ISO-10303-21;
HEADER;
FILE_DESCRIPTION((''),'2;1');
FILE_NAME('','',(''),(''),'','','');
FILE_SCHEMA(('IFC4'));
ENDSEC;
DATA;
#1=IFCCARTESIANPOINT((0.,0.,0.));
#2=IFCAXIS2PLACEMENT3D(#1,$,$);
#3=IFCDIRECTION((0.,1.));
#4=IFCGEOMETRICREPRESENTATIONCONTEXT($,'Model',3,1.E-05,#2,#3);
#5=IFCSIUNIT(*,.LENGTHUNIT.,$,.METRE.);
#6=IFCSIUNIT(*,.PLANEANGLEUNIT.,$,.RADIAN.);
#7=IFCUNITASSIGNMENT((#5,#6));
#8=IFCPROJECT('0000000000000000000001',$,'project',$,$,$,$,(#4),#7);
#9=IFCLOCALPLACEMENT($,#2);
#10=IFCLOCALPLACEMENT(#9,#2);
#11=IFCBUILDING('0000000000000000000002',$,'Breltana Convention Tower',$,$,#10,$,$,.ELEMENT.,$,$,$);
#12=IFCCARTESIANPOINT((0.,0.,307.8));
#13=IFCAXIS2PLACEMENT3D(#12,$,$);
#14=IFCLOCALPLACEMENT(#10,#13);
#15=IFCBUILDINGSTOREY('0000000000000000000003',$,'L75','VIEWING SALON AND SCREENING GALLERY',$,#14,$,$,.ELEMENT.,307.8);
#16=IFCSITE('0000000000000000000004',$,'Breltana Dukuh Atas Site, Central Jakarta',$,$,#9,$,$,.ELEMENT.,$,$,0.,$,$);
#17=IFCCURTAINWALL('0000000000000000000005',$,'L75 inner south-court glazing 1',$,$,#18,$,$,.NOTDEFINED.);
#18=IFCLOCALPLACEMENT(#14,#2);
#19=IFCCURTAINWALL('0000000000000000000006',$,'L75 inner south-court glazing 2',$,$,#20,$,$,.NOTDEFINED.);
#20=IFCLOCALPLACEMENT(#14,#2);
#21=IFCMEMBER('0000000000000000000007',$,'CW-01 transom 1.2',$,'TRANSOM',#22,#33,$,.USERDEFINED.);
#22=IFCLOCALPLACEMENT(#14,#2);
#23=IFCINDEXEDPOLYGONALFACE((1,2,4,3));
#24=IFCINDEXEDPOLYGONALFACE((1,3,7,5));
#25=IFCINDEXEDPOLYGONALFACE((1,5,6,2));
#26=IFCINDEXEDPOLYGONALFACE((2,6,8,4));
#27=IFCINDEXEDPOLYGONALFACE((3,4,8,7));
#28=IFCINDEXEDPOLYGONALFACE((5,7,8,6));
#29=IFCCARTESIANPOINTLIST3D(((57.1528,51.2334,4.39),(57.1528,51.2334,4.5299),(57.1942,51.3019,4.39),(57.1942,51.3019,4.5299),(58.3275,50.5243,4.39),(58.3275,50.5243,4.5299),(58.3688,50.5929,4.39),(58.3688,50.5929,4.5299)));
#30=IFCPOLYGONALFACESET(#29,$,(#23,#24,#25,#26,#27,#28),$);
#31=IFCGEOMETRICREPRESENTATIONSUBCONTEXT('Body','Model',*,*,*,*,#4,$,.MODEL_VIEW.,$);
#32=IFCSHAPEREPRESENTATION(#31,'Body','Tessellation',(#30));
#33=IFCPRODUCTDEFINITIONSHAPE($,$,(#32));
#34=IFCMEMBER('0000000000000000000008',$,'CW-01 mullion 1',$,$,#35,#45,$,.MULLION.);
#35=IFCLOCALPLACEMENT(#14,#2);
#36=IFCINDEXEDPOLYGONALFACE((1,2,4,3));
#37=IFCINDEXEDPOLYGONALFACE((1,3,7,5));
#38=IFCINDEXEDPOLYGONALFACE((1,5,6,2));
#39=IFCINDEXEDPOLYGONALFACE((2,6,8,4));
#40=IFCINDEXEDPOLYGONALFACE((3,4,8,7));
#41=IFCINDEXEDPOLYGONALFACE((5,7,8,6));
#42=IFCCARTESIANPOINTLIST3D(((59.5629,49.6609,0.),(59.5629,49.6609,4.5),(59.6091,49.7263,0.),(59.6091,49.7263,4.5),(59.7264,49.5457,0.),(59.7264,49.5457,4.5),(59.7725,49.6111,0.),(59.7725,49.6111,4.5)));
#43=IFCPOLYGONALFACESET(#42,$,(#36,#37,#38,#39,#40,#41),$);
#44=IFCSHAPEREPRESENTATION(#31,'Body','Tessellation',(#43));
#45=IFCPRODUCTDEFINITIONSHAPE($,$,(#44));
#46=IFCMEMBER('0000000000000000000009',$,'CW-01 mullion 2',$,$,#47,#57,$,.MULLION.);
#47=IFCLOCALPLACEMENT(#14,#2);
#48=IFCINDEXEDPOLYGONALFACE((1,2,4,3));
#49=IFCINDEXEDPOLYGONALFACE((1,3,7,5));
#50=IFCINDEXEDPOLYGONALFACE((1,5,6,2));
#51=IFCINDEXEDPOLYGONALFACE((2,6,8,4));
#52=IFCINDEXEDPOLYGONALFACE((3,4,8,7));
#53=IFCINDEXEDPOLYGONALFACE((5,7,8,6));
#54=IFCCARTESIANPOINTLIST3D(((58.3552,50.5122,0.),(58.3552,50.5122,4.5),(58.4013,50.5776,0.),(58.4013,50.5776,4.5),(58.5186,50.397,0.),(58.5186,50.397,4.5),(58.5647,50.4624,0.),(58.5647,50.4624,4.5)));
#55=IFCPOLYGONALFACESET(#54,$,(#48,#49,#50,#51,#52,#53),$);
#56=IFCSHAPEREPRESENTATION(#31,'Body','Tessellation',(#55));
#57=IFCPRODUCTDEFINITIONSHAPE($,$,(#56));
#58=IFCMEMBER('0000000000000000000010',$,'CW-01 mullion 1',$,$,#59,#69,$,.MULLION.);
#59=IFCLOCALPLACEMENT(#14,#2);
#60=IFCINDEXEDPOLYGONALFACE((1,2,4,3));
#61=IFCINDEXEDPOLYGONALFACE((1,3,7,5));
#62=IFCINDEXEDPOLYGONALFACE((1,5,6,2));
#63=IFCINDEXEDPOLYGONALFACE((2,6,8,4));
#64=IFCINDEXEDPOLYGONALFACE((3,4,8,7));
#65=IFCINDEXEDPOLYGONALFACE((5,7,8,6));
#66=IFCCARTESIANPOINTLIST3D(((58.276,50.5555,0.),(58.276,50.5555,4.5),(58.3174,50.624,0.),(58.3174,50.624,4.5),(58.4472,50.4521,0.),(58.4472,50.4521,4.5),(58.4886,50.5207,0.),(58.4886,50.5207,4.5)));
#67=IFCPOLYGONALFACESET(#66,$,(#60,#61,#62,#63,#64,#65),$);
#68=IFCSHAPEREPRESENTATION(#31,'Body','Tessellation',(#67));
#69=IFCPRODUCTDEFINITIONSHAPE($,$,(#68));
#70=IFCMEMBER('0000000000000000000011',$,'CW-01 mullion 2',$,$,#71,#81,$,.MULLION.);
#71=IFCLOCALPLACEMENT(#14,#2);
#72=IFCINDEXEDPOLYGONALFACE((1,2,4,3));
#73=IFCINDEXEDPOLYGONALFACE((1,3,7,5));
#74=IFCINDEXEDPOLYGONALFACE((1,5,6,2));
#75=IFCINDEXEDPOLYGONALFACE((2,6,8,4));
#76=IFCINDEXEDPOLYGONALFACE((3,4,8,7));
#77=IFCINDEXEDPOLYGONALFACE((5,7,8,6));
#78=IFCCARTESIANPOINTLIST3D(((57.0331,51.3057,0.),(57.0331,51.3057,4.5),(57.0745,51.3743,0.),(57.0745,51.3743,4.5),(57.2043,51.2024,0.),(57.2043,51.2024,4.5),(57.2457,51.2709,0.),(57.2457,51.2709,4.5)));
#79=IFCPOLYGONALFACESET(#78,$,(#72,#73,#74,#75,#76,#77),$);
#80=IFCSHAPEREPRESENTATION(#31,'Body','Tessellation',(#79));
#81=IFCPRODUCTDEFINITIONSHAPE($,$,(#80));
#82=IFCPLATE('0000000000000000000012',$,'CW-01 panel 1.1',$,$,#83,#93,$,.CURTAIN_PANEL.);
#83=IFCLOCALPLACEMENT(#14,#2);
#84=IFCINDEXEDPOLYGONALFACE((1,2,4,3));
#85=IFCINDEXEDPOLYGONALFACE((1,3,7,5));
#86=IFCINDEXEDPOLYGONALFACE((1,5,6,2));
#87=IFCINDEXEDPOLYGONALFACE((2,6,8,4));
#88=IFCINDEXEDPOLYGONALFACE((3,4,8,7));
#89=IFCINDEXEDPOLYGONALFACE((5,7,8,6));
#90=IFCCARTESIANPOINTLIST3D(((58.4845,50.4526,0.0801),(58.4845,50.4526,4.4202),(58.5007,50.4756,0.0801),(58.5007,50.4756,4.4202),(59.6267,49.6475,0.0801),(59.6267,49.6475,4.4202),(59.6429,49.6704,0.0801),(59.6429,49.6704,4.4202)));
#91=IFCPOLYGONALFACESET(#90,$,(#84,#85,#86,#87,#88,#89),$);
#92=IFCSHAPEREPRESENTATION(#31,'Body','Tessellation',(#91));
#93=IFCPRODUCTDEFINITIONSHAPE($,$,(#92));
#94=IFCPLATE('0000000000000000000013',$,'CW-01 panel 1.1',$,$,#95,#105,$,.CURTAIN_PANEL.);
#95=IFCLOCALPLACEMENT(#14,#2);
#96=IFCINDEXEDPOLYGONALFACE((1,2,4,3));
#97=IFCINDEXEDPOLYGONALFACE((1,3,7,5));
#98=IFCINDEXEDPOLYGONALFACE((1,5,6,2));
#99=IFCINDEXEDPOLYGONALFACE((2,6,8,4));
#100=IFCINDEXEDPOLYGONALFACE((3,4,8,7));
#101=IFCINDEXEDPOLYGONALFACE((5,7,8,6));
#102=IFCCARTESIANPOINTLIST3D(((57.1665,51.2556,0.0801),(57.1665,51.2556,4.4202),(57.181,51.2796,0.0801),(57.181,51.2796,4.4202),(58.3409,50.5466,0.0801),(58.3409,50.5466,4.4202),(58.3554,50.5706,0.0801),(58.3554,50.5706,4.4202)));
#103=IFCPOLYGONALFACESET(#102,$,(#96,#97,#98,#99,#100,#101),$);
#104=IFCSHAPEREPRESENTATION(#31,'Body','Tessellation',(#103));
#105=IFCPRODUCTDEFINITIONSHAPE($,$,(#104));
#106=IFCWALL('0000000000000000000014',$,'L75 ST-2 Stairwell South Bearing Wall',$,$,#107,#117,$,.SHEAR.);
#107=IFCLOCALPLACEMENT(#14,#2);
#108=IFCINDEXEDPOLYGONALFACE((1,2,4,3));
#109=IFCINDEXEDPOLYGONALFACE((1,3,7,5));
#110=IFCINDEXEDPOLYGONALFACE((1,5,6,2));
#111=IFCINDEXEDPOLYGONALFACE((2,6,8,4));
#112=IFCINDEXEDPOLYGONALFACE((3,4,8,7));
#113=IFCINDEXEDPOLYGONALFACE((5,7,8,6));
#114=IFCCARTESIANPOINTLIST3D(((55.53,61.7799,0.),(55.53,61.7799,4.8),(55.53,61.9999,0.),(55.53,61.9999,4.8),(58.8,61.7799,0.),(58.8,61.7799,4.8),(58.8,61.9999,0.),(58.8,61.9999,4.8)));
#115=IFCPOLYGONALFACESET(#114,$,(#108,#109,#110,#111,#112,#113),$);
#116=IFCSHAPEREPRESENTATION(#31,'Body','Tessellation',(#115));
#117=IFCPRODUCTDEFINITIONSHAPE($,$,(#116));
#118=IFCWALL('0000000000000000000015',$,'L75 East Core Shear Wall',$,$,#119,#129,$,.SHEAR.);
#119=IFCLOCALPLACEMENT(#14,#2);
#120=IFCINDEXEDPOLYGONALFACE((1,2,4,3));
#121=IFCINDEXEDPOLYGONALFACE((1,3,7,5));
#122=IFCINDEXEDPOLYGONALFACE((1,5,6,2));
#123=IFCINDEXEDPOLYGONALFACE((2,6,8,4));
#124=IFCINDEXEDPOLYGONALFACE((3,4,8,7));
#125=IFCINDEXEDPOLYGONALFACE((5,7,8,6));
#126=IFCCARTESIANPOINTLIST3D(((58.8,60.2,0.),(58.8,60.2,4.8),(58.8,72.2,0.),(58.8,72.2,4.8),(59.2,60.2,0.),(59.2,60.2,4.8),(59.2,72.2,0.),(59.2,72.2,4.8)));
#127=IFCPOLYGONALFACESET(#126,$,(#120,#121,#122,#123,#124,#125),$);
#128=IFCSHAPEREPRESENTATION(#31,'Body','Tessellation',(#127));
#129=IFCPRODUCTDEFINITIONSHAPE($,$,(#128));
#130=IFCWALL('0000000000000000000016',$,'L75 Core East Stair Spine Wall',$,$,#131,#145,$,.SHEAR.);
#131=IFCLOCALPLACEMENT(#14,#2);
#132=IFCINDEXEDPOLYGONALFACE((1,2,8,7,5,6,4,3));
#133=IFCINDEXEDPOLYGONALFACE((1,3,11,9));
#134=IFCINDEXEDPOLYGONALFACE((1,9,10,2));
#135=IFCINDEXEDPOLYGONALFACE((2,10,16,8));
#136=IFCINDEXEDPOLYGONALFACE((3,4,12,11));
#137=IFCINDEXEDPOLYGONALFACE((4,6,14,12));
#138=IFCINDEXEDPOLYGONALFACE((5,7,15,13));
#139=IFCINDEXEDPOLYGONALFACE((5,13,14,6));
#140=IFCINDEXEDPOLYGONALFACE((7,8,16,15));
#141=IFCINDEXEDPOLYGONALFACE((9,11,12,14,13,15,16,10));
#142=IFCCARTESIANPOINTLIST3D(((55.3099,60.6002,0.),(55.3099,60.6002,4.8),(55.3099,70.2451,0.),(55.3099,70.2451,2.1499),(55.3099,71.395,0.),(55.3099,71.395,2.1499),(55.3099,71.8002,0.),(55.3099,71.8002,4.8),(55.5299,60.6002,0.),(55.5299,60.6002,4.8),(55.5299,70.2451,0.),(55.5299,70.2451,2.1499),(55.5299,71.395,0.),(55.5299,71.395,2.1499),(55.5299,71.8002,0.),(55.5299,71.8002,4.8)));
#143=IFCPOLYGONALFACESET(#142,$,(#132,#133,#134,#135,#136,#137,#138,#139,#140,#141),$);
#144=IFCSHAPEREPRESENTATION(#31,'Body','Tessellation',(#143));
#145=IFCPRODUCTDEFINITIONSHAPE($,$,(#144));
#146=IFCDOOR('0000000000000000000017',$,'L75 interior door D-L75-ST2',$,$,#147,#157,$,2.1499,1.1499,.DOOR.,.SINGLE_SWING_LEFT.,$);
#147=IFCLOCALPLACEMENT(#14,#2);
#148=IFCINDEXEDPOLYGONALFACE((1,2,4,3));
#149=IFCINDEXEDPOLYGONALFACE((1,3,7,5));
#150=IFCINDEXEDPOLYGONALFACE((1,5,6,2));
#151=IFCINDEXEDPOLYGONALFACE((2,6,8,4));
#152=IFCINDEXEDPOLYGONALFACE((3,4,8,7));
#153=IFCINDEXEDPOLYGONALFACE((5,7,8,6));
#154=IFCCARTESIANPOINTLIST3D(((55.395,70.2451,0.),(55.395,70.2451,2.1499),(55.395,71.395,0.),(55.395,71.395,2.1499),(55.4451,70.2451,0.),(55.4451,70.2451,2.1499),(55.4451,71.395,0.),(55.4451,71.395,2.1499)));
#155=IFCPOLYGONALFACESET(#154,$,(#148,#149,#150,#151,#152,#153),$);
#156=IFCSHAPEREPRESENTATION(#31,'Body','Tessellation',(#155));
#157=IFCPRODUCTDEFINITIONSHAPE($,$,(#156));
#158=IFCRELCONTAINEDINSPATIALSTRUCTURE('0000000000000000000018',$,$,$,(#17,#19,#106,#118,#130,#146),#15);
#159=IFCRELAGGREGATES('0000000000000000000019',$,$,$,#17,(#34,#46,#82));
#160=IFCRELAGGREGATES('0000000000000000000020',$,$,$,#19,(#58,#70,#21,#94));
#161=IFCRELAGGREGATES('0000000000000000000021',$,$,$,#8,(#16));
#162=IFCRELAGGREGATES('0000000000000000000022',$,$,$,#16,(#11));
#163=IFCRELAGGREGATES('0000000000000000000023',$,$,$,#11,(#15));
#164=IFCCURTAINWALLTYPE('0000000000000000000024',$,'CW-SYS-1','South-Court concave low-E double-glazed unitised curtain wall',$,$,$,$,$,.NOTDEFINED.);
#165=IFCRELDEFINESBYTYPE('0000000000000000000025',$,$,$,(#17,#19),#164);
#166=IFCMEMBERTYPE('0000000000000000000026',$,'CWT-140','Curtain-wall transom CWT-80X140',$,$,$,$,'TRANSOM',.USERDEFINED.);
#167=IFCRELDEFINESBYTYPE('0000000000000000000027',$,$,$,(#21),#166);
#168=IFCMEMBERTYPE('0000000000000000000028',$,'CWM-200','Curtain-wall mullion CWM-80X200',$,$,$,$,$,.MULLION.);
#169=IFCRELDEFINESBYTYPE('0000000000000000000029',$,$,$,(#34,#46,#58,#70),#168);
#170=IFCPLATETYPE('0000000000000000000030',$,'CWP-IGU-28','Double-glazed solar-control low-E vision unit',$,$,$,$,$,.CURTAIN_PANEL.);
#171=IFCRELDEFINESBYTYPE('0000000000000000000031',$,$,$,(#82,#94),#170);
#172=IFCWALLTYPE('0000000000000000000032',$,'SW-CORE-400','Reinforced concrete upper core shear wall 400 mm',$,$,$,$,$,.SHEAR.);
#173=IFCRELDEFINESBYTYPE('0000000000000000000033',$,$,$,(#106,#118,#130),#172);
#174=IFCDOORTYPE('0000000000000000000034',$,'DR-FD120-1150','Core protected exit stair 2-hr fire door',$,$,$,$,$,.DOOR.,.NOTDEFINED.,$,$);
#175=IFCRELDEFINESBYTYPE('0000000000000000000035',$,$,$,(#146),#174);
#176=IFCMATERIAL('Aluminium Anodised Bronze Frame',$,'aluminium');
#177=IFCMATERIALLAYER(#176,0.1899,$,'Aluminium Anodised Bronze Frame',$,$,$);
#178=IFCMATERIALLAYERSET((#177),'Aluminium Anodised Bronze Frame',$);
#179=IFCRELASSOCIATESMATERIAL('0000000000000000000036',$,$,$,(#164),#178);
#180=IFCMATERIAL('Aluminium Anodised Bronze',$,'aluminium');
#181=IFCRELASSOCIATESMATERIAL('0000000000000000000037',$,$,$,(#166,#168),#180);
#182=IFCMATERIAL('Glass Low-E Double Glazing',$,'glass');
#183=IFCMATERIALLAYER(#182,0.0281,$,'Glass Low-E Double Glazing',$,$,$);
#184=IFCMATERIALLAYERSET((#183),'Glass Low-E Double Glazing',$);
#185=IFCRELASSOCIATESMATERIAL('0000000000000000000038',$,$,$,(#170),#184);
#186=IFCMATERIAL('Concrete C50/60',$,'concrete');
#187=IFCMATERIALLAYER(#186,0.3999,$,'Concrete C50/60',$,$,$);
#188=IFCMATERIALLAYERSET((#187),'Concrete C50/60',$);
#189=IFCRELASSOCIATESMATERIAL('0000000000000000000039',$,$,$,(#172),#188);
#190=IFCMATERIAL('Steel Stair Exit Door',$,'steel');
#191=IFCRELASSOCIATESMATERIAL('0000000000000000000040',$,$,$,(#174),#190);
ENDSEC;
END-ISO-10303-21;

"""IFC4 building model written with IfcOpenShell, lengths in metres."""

from ifc_helpers import new_model, si_unit, direction, frame, frame_2d, origin, origin_2d, place, context, subcontext, project, spatial, rectangle, extrude, source, transform, mapped, material, layer, layer_set, material_profile, profile_set, type_object, type_shapes, element, fill, aggregate, save


model = new_model("IFC4")

# Units and contexts
model_context = context("Model", 3, precision=1e-05, world=origin(), true_north=direction((0.0, 1.0)))
body_context = subcontext(model_context, "Body", "Model", "MODEL_VIEW")
ifc_project = project(units=[si_unit("LENGTHUNIT", "METRE"), si_unit("PLANEANGLEUNIT", "RADIAN")], contexts=[model_context])

# Site, building, storey
site_placement = place(None, origin())
site = spatial("IfcSite", under=ifc_project, at=site_placement, Name="Breltana Dukuh Atas Site, Central Jakarta", CompositionType="ELEMENT", RefElevation=0.0)
building_placement = place(site_placement, origin())
building = spatial("IfcBuilding", under=site, at=building_placement, Name="Breltana Convention Tower", CompositionType="ELEMENT")
storey_placement = place(building_placement, frame((0.0, 0.0, 307.8)))
storey = spatial("IfcBuildingStorey", under=building, at=storey_placement, Name="L75", Description="VIEWING SALON AND SCREENING GALLERY", CompositionType="ELEMENT", Elevation=307.8)

# Curtain walls, member
ifc_material_1 = material(Name="Aluminium Anodised Bronze Frame", Category="aluminium")
ifc_layer_1 = layer(ifc_material_1, 0.1899, Name="Aluminium Anodised Bronze Frame")
ifc_layer_set_1 = layer_set([ifc_layer_1], Name="Aluminium Anodised Bronze Frame")
curtain_wall_type = type_object("IfcCurtainWallType", Name="CW-SYS-1", Description="South-Court concave low-E double-glazed unitised curtain wall", PredefinedType="NOTDEFINED", material=ifc_layer_set_1)
curtain_wall_1_placement = place(storey_placement, origin())
curtain_wall_1 = element("IfcCurtainWall", 1, at=curtain_wall_1_placement, inside=storey, type_object=curtain_wall_type, Name="L75 inner south-court glazing 1", PredefinedType="NOTDEFINED")
ifc_material_2 = material(Name="Aluminium Anodised Bronze", Category="aluminium")
ifc_material_profile_1 = material_profile(ifc_material_2, rectangle(XDim=0.0801, YDim=0.1399, at=origin_2d()), Name="CWT-80X140")
ifc_profile_set_1 = profile_set([ifc_material_profile_1], Name="Aluminium Anodised Bronze")
member_type_1 = type_object("IfcMemberType", Name="CWT-140", Description="Curtain-wall transom CWT-80X140", ElementType="TRANSOM", PredefinedType="USERDEFINED", material=ifc_profile_set_1)
curtain_wall_2_placement = place(storey_placement, origin())
curtain_wall_2 = element("IfcCurtainWall", 2, at=curtain_wall_2_placement, inside=storey, type_object=curtain_wall_type, Name="L75 inner south-court glazing 2", PredefinedType="NOTDEFINED")
shared_shape_1 = source(origin(), body_context, "Body", "SweptSolid", [
    extrude(rectangle(XDim=0.0801, YDim=0.1399, at=origin_2d()), origin(), (0.0, 0.0, 1.0), 1.3721),
])
member_1_placement = place(storey_placement, frame((58.3481, 50.5586, 4.46), z_axis=(-0.856124, 0.516771, 0.0), x_axis=(-0.516771, -0.856124, 0.0)))
member_1 = element("IfcMember", 3, at=member_1_placement, type_object=member_type_1, Name="CW-01 transom 1.2", ObjectType="TRANSOM", PredefinedType="USERDEFINED", context=body_context, shape_type="MappedRepresentation", body=[
    mapped(shared_shape_1, transform((0.0, 0.0, 0.0), scale=1.0)),
])

# Members
ifc_material_profile_2 = material_profile(ifc_material_2, rectangle(XDim=0.0801, YDim=0.2, at=origin_2d()), Name="CWM-80X200")
ifc_profile_set_2 = profile_set([ifc_material_profile_2], Name="Aluminium Anodised Bronze")
member_type_2 = type_object("IfcMemberType", Name="CWM-200", Description="Curtain-wall mullion CWM-80X200", PredefinedType="MULLION", material=ifc_profile_set_2)
shared_shape_2 = source(origin(), body_context, "Body", "SweptSolid", [
    extrude(rectangle(XDim=0.0801, YDim=0.2, at=origin_2d()), origin(), (0.0, 0.0, 1.0), 4.5),
])
member_2_placement = place(storey_placement, frame((59.6677, 49.636, 0.0), z_axis=(0.0, 0.0, 1.0), x_axis=(-0.576174, -0.817327, 0.0)))
member_2 = element("IfcMember", 4, at=member_2_placement, type_object=member_type_2, Name="CW-01 mullion 1", PredefinedType="MULLION", context=body_context, shape_type="MappedRepresentation", body=[
    mapped(shared_shape_2, transform((0.0, 0.0, 0.0), scale=1.0)),
])
member_3_placement = place(storey_placement, frame((58.46, 50.4873, 0.0), z_axis=(0.0, 0.0, 1.0), x_axis=(-0.576174, -0.817327, 0.0)))
member_3 = element("IfcMember", 5, at=member_3_placement, type_object=member_type_2, Name="CW-01 mullion 2", PredefinedType="MULLION", context=body_context, shape_type="MappedRepresentation", body=[
    mapped(shared_shape_2, transform((0.0, 0.0, 0.0), scale=1.0)),
])
member_4_placement = place(storey_placement, frame((58.3823, 50.5381, 0.0), z_axis=(0.0, 0.0, 1.0), x_axis=(-0.516827, -0.85609, 0.0)))
member_4 = element("IfcMember", 6, at=member_4_placement, type_object=member_type_2, Name="CW-01 mullion 1", PredefinedType="MULLION", context=body_context, shape_type="MappedRepresentation", body=[
    mapped(shared_shape_2, transform((0.0, 0.0, 0.0), scale=1.0)),
])
member_5_placement = place(storey_placement, frame((57.1394, 51.2883, 0.0), z_axis=(0.0, 0.0, 1.0), x_axis=(-0.516827, -0.85609, 0.0)))
member_5 = element("IfcMember", 7, at=member_5_placement, type_object=member_type_2, Name="CW-01 mullion 2", PredefinedType="MULLION", context=body_context, shape_type="MappedRepresentation", body=[
    mapped(shared_shape_2, transform((0.0, 0.0, 0.0), scale=1.0)),
])

# Plates
ifc_material_3 = material(Name="Glass Low-E Double Glazing", Category="glass")
ifc_layer_2 = layer(ifc_material_3, 0.0281, Name="Glass Low-E Double Glazing")
ifc_layer_set_2 = layer_set([ifc_layer_2], Name="Glass Low-E Double Glazing")
plate_type = type_object("IfcPlateType", Name="CWP-IGU-28", Description="Double-glazed solar-control low-E vision unit", PredefinedType="CURTAIN_PANEL", material=ifc_layer_set_2)
shared_shape_3 = source(origin(), body_context, "Body", "SweptSolid", [
    extrude(rectangle(XDim=1.3975, YDim=0.0281, at=origin_2d()), origin(), (0.0, 0.0, 1.0), 4.3401),
])
plate_1_placement = place(storey_placement, frame((59.0637, 50.0615, 0.0801), z_axis=(0.0, 0.0, 1.0), x_axis=(-0.817327, 0.576174, 0.0)))
plate_1 = element("IfcPlate", 8, at=plate_1_placement, type_object=plate_type, Name="CW-01 panel 1.1", PredefinedType="CURTAIN_PANEL", context=body_context, shape_type="MappedRepresentation", body=[
    mapped(shared_shape_3, transform((0.0, 0.0, 0.0), scale=1.0)),
])
aggregate(curtain_wall_1, [member_2, member_3, plate_1])
shared_shape_4 = source(origin(), body_context, "Body", "SweptSolid", [
    extrude(rectangle(XDim=1.3718, YDim=0.0281, at=origin_2d()), origin(), (0.0, 0.0, 1.0), 4.3401),
])
plate_2_placement = place(storey_placement, frame((57.761, 50.9131, 0.0801), z_axis=(0.0, 0.0, 1.0), x_axis=(-0.85609, 0.516827, 0.0)))
plate_2 = element("IfcPlate", 9, at=plate_2_placement, type_object=plate_type, Name="CW-01 panel 1.1", PredefinedType="CURTAIN_PANEL", context=body_context, shape_type="MappedRepresentation", body=[
    mapped(shared_shape_4, transform((0.0, 0.0, 0.0), scale=1.0)),
])
aggregate(curtain_wall_2, [member_4, member_5, member_1, plate_2])

# Walls
ifc_material_4 = material(Name="Concrete C50/60", Category="concrete")
ifc_layer_3 = layer(ifc_material_4, 0.3999, Name="Concrete C50/60")
ifc_layer_set_3 = layer_set([ifc_layer_3], Name="Concrete C50/60")
wall_type_1 = type_object("IfcWallType", Name="SW-CORE-400", Description="Reinforced concrete upper core shear wall 400 mm", PredefinedType="SHEAR", material=ifc_layer_set_3)
shared_shape_5 = source(origin(), body_context, "Body", "SweptSolid", [
    extrude(rectangle(XDim=3.27, YDim=0.22, at=frame_2d((1.635, 0.0))), origin(), (0.0, 0.0, 1.0), 4.8),
])
wall_1_placement = place(storey_placement, frame((55.53, 61.8899, 0.0), z_axis=(0.0, 0.0, 1.0), x_axis=(1.0, 0.0, 0.0)))
element("IfcWall", 10, at=wall_1_placement, inside=storey, type_object=wall_type_1, Name="L75 ST-2 Stairwell South Bearing Wall", PredefinedType="SHEAR", context=body_context, shape_type="MappedRepresentation", body=[
    mapped(shared_shape_5, transform((0.0, 0.0, 0.0), scale=1.0)),
])
shared_shape_6 = source(origin(), body_context, "Body", "SweptSolid", [
    extrude(rectangle(XDim=12.0, YDim=0.3999, at=frame_2d((6.0, 0.0))), origin(), (0.0, 0.0, 1.0), 4.8),
])
wall_2_placement = place(storey_placement, frame((59.0, 60.2, 0.0), z_axis=(0.0, 0.0, 1.0), x_axis=(0.0, 1.0, 0.0)))
element("IfcWall", 11, at=wall_2_placement, inside=storey, type_object=wall_type_1, Name="L75 East Core Shear Wall", PredefinedType="SHEAR", context=body_context, shape_type="MappedRepresentation", body=[
    mapped(shared_shape_6, transform((0.0, 0.0, 0.0), scale=1.0)),
])

# Wall, opening, door
shared_shape_7 = source(origin(), body_context, "Body", "SweptSolid", [
    extrude(rectangle(XDim=11.2, YDim=0.22, at=frame_2d((5.6001, 0.0))), origin(), (0.0, 0.0, 1.0), 4.8),
])
wall_3_placement = place(storey_placement, frame((55.4199, 60.6001, 0.0), z_axis=(0.0, 0.0, 1.0), x_axis=(0.0, 1.0, 0.0)))
wall_3 = element("IfcWall", 12, at=wall_3_placement, inside=storey, type_object=wall_type_1, Name="L75 Core East Stair Spine Wall", PredefinedType="SHEAR", context=body_context, shape_type="MappedRepresentation", body=[
    mapped(shared_shape_7, transform((0.0, 0.0, 0.0), scale=1.0)),
])
opening_1_placement = place(wall_3_placement, frame((9.645, 0.0, 0.0)))
opening_1 = element("IfcOpeningElement", 13, at=opening_1_placement, cuts=wall_3, PredefinedType="OPENING", context=body_context, shape_type="SweptSolid", body=[
    extrude(rectangle(XDim=1.1499, YDim=2.1499, at=frame_2d((0.575, 1.075))), frame((0.0, 0.1201, 0.0), z_axis=(0.0, -1.0, 0.0), x_axis=(1.0, 0.0, 0.0)), (0.0, 0.0, 1.0), 0.24),
])
ifc_material_5 = material(Name="Steel Stair Exit Door", Category="steel")
door_type_1 = type_object("IfcDoorType", Name="DR-FD120-1150", Description="Core protected exit stair 2-hr fire door", OperationType="NOTDEFINED", PredefinedType="DOOR", material=ifc_material_5)
shared_shape_8 = source(origin(), body_context, "Body", "SweptSolid", [
    extrude(rectangle(XDim=1.1499, YDim=2.1499, at=frame_2d((0.575, 1.075))), frame((0.0, 0.0249, 0.0), z_axis=(0.0, -1.0, 0.0), x_axis=(1.0, 0.0, 0.0)), (0.0, 0.0, 1.0), 0.05),
])
type_shapes(door_type_1, [shared_shape_8])
door_1_placement = place(opening_1_placement, origin())
door_1 = element("IfcDoor", 14, at=door_1_placement, inside=storey, type_object=door_type_1, Name="L75 interior door D-L75-ST2", OperationType="SINGLE_SWING_LEFT", OverallHeight=2.1499, OverallWidth=1.1499, PredefinedType="DOOR", context=body_context, shape_type="MappedRepresentation", body=[
    mapped(shared_shape_8, transform((0.0, 0.0, 0.0), scale=1.0)),
])
fill(opening_1, door_1)

save(model, "model.ifc")
